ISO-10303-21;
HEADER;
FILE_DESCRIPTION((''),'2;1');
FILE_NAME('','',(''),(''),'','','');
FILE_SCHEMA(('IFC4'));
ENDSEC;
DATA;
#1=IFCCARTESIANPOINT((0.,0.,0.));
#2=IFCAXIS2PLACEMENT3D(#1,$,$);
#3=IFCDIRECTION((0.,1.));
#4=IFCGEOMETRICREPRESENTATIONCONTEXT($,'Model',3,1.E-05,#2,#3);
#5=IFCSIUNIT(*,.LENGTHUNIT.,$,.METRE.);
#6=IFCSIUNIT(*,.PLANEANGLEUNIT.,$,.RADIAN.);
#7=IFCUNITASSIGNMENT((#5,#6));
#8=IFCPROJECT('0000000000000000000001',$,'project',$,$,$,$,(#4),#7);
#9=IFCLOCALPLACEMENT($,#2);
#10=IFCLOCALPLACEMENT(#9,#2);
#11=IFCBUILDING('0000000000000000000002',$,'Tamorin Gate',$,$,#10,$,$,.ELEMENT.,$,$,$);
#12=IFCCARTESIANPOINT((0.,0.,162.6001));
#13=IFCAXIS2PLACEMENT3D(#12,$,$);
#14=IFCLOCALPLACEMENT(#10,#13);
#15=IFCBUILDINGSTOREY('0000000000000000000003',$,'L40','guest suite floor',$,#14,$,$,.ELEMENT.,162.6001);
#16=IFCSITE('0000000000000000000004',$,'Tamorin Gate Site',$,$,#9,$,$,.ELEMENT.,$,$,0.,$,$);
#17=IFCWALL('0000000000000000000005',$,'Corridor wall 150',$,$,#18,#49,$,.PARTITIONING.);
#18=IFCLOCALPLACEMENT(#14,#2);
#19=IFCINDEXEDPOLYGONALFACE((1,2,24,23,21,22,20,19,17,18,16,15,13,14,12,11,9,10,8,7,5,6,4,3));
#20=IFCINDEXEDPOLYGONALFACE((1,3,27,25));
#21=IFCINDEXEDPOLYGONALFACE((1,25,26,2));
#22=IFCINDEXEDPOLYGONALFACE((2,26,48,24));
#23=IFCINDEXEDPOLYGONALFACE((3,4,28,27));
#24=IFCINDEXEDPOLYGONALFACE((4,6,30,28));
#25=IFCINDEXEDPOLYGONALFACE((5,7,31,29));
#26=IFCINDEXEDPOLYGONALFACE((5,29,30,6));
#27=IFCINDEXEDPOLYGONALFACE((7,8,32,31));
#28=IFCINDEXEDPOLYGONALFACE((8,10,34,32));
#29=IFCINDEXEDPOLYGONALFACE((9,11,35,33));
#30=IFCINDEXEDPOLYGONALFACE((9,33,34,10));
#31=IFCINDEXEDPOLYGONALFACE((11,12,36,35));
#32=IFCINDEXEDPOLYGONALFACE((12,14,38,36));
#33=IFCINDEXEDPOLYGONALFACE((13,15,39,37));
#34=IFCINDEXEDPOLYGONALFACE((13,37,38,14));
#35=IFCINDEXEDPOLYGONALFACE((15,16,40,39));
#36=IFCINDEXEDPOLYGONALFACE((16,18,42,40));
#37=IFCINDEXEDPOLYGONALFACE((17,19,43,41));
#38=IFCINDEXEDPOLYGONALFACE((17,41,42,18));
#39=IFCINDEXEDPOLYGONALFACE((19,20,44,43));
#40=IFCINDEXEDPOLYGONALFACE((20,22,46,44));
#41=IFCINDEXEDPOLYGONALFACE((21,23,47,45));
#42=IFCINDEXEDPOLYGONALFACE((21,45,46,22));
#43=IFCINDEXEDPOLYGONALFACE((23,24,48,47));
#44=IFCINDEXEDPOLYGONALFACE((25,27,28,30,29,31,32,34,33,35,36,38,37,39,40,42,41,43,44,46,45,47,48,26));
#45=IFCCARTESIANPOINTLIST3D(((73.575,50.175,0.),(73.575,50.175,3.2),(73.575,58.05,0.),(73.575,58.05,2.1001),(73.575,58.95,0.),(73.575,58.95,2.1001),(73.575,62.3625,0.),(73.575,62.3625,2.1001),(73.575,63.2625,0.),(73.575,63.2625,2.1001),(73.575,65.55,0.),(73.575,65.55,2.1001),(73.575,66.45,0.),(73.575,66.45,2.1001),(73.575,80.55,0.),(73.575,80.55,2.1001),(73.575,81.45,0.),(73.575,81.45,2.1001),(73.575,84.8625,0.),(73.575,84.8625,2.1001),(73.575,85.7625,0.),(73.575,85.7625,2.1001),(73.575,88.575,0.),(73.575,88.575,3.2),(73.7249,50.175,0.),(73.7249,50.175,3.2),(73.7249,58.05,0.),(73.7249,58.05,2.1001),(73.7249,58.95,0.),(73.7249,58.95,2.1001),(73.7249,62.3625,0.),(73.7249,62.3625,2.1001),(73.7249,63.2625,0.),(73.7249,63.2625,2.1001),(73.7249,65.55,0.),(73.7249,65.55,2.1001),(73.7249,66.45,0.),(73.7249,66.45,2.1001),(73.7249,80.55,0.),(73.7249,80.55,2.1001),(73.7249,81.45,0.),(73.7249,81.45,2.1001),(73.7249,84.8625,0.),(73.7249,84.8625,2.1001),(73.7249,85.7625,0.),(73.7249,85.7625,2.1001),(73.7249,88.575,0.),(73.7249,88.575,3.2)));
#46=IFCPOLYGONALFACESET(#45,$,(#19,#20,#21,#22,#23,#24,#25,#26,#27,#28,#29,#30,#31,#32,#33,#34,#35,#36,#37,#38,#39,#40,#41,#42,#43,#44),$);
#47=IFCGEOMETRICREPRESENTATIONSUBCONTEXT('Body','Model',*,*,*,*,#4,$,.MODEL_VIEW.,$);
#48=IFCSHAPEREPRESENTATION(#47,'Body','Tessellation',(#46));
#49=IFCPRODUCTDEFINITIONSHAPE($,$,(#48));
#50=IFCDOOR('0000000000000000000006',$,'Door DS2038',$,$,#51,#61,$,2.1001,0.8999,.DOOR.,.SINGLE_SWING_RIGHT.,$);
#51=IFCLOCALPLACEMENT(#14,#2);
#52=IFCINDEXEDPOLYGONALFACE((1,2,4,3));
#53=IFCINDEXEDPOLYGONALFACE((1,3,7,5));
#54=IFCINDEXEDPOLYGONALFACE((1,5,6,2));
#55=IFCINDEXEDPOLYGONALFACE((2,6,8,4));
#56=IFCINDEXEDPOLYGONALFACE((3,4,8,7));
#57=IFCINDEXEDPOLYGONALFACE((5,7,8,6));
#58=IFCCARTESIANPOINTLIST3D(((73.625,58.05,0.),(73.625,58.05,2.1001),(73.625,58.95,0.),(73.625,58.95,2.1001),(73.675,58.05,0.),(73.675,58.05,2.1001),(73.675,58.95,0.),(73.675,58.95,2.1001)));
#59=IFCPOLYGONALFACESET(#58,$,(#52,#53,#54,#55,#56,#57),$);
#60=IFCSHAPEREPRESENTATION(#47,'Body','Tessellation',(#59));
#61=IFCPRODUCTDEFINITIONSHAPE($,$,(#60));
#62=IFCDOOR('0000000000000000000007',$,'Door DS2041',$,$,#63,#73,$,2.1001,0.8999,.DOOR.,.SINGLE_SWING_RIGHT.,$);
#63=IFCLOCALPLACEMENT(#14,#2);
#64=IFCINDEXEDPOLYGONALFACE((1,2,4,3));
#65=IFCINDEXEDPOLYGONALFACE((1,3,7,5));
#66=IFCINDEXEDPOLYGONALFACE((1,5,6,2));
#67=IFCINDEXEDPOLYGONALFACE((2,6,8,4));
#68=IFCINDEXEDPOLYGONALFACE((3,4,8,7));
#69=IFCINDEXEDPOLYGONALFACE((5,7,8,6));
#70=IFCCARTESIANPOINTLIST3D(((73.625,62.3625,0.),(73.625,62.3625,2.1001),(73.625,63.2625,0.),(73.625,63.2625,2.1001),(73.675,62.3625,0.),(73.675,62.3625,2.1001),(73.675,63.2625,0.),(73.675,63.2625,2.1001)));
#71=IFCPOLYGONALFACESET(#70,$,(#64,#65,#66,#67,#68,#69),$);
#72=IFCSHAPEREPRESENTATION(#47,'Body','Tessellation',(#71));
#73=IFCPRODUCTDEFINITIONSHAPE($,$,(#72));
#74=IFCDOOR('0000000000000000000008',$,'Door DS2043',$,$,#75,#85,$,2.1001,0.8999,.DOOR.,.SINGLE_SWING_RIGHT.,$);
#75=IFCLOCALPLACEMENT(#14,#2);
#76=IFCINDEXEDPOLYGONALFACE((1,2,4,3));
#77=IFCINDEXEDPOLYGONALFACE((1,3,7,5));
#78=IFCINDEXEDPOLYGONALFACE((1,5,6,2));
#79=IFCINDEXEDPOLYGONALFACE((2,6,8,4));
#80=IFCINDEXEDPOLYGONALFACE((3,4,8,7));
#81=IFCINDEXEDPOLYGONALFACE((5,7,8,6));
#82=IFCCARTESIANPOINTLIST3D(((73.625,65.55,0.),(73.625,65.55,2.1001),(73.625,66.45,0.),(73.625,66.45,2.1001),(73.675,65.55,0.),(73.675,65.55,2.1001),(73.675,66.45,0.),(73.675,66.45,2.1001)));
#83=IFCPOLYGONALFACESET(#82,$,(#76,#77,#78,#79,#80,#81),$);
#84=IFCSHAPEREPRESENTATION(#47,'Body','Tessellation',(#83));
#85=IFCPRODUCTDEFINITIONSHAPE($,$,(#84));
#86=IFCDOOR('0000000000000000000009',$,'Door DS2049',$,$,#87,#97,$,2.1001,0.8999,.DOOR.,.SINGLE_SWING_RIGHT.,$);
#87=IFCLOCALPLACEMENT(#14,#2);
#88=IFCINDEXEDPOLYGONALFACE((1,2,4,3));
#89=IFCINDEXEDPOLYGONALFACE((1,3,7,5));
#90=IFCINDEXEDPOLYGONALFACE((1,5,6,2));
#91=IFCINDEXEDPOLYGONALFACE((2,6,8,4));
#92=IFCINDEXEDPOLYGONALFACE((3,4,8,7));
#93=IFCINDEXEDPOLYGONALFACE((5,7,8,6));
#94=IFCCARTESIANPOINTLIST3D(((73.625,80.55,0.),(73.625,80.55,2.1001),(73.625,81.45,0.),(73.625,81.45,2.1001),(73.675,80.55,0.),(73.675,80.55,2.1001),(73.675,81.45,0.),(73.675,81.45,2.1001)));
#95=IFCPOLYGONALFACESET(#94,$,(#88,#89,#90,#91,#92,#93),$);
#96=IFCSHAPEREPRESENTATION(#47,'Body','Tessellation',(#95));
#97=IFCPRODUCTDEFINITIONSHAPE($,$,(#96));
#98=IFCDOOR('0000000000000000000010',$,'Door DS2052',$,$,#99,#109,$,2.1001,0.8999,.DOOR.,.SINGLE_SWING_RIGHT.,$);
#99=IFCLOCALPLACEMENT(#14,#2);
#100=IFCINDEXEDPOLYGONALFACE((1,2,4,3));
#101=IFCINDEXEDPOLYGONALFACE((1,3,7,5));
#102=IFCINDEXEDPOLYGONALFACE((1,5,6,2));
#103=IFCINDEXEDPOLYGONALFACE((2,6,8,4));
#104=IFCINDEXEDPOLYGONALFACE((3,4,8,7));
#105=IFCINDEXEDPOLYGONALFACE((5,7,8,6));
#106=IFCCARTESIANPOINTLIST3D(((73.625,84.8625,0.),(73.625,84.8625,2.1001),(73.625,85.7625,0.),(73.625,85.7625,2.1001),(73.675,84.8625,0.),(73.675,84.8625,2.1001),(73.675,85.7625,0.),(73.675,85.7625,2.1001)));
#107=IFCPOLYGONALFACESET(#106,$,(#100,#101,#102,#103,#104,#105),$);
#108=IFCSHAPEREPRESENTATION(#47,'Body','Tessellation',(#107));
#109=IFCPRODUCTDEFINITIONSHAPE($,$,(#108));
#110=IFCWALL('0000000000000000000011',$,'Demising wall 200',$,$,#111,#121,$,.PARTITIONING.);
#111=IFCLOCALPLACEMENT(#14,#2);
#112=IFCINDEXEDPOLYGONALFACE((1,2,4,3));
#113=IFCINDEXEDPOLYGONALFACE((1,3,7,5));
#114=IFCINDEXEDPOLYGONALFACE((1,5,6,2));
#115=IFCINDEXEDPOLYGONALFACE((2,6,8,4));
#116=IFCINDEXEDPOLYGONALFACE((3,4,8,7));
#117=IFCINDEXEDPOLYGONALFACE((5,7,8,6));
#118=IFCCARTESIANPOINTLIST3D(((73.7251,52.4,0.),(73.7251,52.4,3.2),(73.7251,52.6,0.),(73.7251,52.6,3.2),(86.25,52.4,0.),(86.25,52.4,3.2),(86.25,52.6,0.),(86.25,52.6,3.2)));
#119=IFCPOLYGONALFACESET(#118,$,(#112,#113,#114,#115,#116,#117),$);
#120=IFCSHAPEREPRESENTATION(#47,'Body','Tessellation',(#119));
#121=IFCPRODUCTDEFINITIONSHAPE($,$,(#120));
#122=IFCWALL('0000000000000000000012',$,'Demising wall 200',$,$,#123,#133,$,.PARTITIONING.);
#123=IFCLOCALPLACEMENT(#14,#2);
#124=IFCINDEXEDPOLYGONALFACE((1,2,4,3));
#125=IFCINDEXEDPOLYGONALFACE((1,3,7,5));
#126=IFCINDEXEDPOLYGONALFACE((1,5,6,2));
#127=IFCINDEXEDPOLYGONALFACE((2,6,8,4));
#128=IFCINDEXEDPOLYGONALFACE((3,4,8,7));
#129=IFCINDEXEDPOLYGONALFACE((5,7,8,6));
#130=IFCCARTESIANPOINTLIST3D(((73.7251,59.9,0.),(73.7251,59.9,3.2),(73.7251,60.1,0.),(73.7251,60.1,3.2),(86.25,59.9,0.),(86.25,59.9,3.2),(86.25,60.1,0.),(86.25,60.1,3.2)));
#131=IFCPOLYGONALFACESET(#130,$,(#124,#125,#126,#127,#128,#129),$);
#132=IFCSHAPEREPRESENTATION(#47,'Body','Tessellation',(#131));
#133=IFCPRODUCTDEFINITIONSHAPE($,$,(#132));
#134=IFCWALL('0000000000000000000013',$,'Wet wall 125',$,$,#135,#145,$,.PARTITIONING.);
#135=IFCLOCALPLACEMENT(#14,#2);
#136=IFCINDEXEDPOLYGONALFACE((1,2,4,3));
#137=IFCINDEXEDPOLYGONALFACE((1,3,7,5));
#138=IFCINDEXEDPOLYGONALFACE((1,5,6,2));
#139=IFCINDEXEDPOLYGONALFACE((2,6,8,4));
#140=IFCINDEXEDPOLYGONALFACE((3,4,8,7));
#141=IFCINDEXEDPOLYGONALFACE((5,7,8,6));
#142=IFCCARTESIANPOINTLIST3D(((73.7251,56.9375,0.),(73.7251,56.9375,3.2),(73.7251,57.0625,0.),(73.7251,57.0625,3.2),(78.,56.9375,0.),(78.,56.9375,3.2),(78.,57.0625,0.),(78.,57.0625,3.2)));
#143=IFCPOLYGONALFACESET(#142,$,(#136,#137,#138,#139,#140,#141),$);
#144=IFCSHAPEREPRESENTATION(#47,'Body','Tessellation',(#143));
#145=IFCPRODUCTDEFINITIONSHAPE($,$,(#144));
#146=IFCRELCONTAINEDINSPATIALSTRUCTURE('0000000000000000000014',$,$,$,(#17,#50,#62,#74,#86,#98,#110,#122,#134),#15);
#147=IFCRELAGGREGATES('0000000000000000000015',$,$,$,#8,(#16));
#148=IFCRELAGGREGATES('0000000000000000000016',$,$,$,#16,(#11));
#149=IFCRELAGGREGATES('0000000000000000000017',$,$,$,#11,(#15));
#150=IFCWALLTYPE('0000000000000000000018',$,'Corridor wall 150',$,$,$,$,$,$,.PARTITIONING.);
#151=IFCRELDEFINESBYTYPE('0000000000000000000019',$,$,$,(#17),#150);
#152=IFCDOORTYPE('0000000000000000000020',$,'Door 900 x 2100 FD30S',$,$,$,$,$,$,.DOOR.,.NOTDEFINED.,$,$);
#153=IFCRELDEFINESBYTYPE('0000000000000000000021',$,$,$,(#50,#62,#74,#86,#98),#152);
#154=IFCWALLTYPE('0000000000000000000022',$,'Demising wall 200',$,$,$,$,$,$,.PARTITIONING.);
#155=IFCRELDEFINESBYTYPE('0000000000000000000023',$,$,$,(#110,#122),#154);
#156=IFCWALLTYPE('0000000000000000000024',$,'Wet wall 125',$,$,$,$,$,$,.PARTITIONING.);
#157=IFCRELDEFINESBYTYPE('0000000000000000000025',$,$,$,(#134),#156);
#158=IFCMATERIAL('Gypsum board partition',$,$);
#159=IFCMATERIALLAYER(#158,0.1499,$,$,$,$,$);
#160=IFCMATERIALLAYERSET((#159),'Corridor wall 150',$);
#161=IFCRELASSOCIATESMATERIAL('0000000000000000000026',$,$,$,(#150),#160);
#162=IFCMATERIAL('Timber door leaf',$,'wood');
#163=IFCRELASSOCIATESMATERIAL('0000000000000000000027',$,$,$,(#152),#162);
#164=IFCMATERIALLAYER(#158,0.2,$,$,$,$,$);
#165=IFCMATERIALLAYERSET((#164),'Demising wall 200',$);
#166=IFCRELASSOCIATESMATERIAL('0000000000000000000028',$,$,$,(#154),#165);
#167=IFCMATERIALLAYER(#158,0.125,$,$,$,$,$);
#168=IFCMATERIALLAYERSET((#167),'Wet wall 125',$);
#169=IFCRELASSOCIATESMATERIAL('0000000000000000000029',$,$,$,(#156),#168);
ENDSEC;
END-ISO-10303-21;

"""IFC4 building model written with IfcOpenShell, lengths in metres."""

from ifc_helpers import new_model, si_unit, direction, frame, frame_2d, origin, place, context, subcontext, project, spatial, rectangle, extrude, material, layer, layer_set, type_object, element, fill, save


model = new_model("IFC4")

# Units and contexts
model_context = context("Model", 3, precision=1e-05, world=origin(), true_north=direction((0.0, 1.0)))
body_context = subcontext(model_context, "Body", "Model", "MODEL_VIEW")
ifc_project = project(units=[si_unit("LENGTHUNIT", "METRE"), si_unit("PLANEANGLEUNIT", "RADIAN")], contexts=[model_context])

# Site, building, storey
site_placement = place(None, origin())
site = spatial("IfcSite", under=ifc_project, at=site_placement, Name="Tamorin Gate Site", CompositionType="ELEMENT", RefElevation=0.0)
building_placement = place(site_placement, origin())
building = spatial("IfcBuilding", under=site, at=building_placement, Name="Tamorin Gate", CompositionType="ELEMENT")
storey_placement = place(building_placement, frame((0.0, 0.0, 162.6001)))
storey = spatial("IfcBuildingStorey", under=building, at=storey_placement, Name="L40", Description="guest suite floor", CompositionType="ELEMENT", Elevation=162.6001)

# Shared definitions
ifc_material_1 = material(Name="Gypsum board partition")
ifc_layer_1 = layer(ifc_material_1, 0.1499)
ifc_layer_set_1 = layer_set([ifc_layer_1], Name="Corridor wall 150")
wall_type_1 = type_object("IfcWallType", Name="Corridor wall 150", PredefinedType="PARTITIONING", material=ifc_layer_set_1)
ifc_material_2 = material(Name="Timber door leaf", Category="wood")
door_type_1 = type_object("IfcDoorType", Name="Door 900 x 2100 FD30S", OperationType="NOTDEFINED", PredefinedType="DOOR", material=ifc_material_2)

# Wall, openings, doors
wall_1_placement = place(storey_placement, frame((73.6499, 50.175, 0.0), z_axis=(0.0, 0.0, 1.0), x_axis=(0.0, 1.0, 0.0)))
wall_1 = element("IfcWall", 1, at=wall_1_placement, inside=storey, type_object=wall_type_1, Name="Corridor wall 150", PredefinedType="PARTITIONING", context=body_context, shape_type="SweptSolid", body=[
    extrude(rectangle(XDim=38.3999, YDim=0.1499, at=frame_2d((19.2, 0.0))), origin(), (0.0, 0.0, 1.0), 3.2),
])
opening_1_placement = place(wall_1_placement, frame((7.875, 0.0, 0.0)))
opening_1 = element("IfcOpeningElement", 2, at=opening_1_placement, cuts=wall_1, PredefinedType="OPENING", context=body_context, shape_type="SweptSolid", body=[
    extrude(rectangle(XDim=0.8999, YDim=2.1001, at=frame_2d((0.45, 1.05))), frame((0.0, 0.085, 0.0), z_axis=(0.0, -1.0, 0.0), x_axis=(1.0, 0.0, 0.0)), (0.0, 0.0, 1.0), 0.1699),
])
opening_2_placement = place(wall_1_placement, frame((12.1875, 0.0, 0.0)))
opening_2 = element("IfcOpeningElement", 3, at=opening_2_placement, cuts=wall_1, PredefinedType="OPENING", context=body_context, shape_type="SweptSolid", body=[
    extrude(rectangle(XDim=0.8999, YDim=2.1001, at=frame_2d((0.45, 1.05))), frame((0.0, 0.085, 0.0), z_axis=(0.0, -1.0, 0.0), x_axis=(1.0, 0.0, 0.0)), (0.0, 0.0, 1.0), 0.1699),
])
opening_3_placement = place(wall_1_placement, frame((15.375, 0.0, 0.0)))
opening_3 = element("IfcOpeningElement", 4, at=opening_3_placement, cuts=wall_1, PredefinedType="OPENING", context=body_context, shape_type="SweptSolid", body=[
    extrude(rectangle(XDim=0.8999, YDim=2.1001, at=frame_2d((0.45, 1.05))), frame((0.0, 0.085, 0.0), z_axis=(0.0, -1.0, 0.0), x_axis=(1.0, 0.0, 0.0)), (0.0, 0.0, 1.0), 0.1699),
])
opening_4_placement = place(wall_1_placement, frame((30.375, 0.0, 0.0)))
opening_4 = element("IfcOpeningElement", 5, at=opening_4_placement, cuts=wall_1, PredefinedType="OPENING", context=body_context, shape_type="SweptSolid", body=[
    extrude(rectangle(XDim=0.8999, YDim=2.1001, at=frame_2d((0.45, 1.05))), frame((0.0, 0.085, 0.0), z_axis=(0.0, -1.0, 0.0), x_axis=(1.0, 0.0, 0.0)), (0.0, 0.0, 1.0), 0.1699),
])
opening_5_placement = place(wall_1_placement, frame((34.6875, 0.0, 0.0)))
opening_5 = element("IfcOpeningElement", 6, at=opening_5_placement, cuts=wall_1, PredefinedType="OPENING", context=body_context, shape_type="SweptSolid", body=[
    extrude(rectangle(XDim=0.8999, YDim=2.1001, at=frame_2d((0.45, 1.05))), frame((0.0, 0.085, 0.0), z_axis=(0.0, -1.0, 0.0), x_axis=(1.0, 0.0, 0.0)), (0.0, 0.0, 1.0), 0.1699),
])
door_1_placement = place(opening_1_placement, origin())
door_1 = element("IfcDoor", 7, at=door_1_placement, inside=storey, type_object=door_type_1, Name="Door DS2038", OperationType="SINGLE_SWING_RIGHT", OverallHeight=2.1001, OverallWidth=0.8999, PredefinedType="DOOR", context=body_context, shape_type="SweptSolid", body=[
    extrude(rectangle(XDim=0.8999, YDim=2.1001, at=frame_2d((0.45, 1.05))), frame((0.0, 0.0249, 0.0), z_axis=(0.0, -1.0, 0.0), x_axis=(1.0, 0.0, 0.0)), (0.0, 0.0, 1.0), 0.05),
])
fill(opening_1, door_1)
door_2_placement = place(opening_2_placement, origin())
door_2 = element("IfcDoor", 8, at=door_2_placement, inside=storey, type_object=door_type_1, Name="Door DS2041", OperationType="SINGLE_SWING_RIGHT", OverallHeight=2.1001, OverallWidth=0.8999, PredefinedType="DOOR", context=body_context, shape_type="SweptSolid", body=[
    extrude(rectangle(XDim=0.8999, YDim=2.1001, at=frame_2d((0.45, 1.05))), frame((0.0, 0.0249, 0.0), z_axis=(0.0, -1.0, 0.0), x_axis=(1.0, 0.0, 0.0)), (0.0, 0.0, 1.0), 0.05),
])
fill(opening_2, door_2)
door_3_placement = place(opening_3_placement, origin())
door_3 = element("IfcDoor", 9, at=door_3_placement, inside=storey, type_object=door_type_1, Name="Door DS2043", OperationType="SINGLE_SWING_RIGHT", OverallHeight=2.1001, OverallWidth=0.8999, PredefinedType="DOOR", context=body_context, shape_type="SweptSolid", body=[
    extrude(rectangle(XDim=0.8999, YDim=2.1001, at=frame_2d((0.45, 1.05))), frame((0.0, 0.0249, 0.0), z_axis=(0.0, -1.0, 0.0), x_axis=(1.0, 0.0, 0.0)), (0.0, 0.0, 1.0), 0.05),
])
fill(opening_3, door_3)
door_4_placement = place(opening_4_placement, origin())
door_4 = element("IfcDoor", 10, at=door_4_placement, inside=storey, type_object=door_type_1, Name="Door DS2049", OperationType="SINGLE_SWING_RIGHT", OverallHeight=2.1001, OverallWidth=0.8999, PredefinedType="DOOR", context=body_context, shape_type="SweptSolid", body=[
    extrude(rectangle(XDim=0.8999, YDim=2.1001, at=frame_2d((0.45, 1.05))), frame((0.0, 0.0249, 0.0), z_axis=(0.0, -1.0, 0.0), x_axis=(1.0, 0.0, 0.0)), (0.0, 0.0, 1.0), 0.05),
])
fill(opening_4, door_4)
door_5_placement = place(opening_5_placement, origin())
door_5 = element("IfcDoor", 11, at=door_5_placement, inside=storey, type_object=door_type_1, Name="Door DS2052", OperationType="SINGLE_SWING_RIGHT", OverallHeight=2.1001, OverallWidth=0.8999, PredefinedType="DOOR", context=body_context, shape_type="SweptSolid", body=[
    extrude(rectangle(XDim=0.8999, YDim=2.1001, at=frame_2d((0.45, 1.05))), frame((0.0, 0.0249, 0.0), z_axis=(0.0, -1.0, 0.0), x_axis=(1.0, 0.0, 0.0)), (0.0, 0.0, 1.0), 0.05),
])
fill(opening_5, door_5)

# Walls
ifc_layer_2 = layer(ifc_material_1, 0.2)
ifc_layer_set_2 = layer_set([ifc_layer_2], Name="Demising wall 200")
wall_type_2 = type_object("IfcWallType", Name="Demising wall 200", PredefinedType="PARTITIONING", material=ifc_layer_set_2)
for number, where, z_axis, x_axis, name in (
    (12, (73.7251, 52.5, 0.0), (0.0, 0.0, 1.0), (1.0, 0.0, 0.0), "Demising wall 200"),
    (13, (73.7251, 60.0, 0.0), (0.0, 0.0, 1.0), (1.0, 0.0, 0.0), "Demising wall 200"),
):
    element("IfcWall", number, at=place(storey_placement, frame(where, z_axis=z_axis, x_axis=x_axis)), inside=storey, type_object=wall_type_2, Name=name, PredefinedType="PARTITIONING", context=body_context, shape_type="SweptSolid", body=[
        extrude(rectangle(XDim=12.5249, YDim=0.2, at=frame_2d((6.2625, 0.0))), origin(), (0.0, 0.0, 1.0), 3.2),
    ])
ifc_layer_3 = layer(ifc_material_1, 0.125)
ifc_layer_set_3 = layer_set([ifc_layer_3], Name="Wet wall 125")
wall_type_3 = type_object("IfcWallType", Name="Wet wall 125", PredefinedType="PARTITIONING", material=ifc_layer_set_3)
wall_2_placement = place(storey_placement, frame((73.7251, 57.0, 0.0), z_axis=(0.0, 0.0, 1.0), x_axis=(1.0, 0.0, 0.0)))
element("IfcWall", 14, at=wall_2_placement, inside=storey, type_object=wall_type_3, Name="Wet wall 125", PredefinedType="PARTITIONING", context=body_context, shape_type="SweptSolid", body=[
    extrude(rectangle(XDim=4.2749, YDim=0.125, at=frame_2d((2.1375, 0.0))), origin(), (0.0, 0.0, 1.0), 3.2),
])

save(model, "model.ifc")
